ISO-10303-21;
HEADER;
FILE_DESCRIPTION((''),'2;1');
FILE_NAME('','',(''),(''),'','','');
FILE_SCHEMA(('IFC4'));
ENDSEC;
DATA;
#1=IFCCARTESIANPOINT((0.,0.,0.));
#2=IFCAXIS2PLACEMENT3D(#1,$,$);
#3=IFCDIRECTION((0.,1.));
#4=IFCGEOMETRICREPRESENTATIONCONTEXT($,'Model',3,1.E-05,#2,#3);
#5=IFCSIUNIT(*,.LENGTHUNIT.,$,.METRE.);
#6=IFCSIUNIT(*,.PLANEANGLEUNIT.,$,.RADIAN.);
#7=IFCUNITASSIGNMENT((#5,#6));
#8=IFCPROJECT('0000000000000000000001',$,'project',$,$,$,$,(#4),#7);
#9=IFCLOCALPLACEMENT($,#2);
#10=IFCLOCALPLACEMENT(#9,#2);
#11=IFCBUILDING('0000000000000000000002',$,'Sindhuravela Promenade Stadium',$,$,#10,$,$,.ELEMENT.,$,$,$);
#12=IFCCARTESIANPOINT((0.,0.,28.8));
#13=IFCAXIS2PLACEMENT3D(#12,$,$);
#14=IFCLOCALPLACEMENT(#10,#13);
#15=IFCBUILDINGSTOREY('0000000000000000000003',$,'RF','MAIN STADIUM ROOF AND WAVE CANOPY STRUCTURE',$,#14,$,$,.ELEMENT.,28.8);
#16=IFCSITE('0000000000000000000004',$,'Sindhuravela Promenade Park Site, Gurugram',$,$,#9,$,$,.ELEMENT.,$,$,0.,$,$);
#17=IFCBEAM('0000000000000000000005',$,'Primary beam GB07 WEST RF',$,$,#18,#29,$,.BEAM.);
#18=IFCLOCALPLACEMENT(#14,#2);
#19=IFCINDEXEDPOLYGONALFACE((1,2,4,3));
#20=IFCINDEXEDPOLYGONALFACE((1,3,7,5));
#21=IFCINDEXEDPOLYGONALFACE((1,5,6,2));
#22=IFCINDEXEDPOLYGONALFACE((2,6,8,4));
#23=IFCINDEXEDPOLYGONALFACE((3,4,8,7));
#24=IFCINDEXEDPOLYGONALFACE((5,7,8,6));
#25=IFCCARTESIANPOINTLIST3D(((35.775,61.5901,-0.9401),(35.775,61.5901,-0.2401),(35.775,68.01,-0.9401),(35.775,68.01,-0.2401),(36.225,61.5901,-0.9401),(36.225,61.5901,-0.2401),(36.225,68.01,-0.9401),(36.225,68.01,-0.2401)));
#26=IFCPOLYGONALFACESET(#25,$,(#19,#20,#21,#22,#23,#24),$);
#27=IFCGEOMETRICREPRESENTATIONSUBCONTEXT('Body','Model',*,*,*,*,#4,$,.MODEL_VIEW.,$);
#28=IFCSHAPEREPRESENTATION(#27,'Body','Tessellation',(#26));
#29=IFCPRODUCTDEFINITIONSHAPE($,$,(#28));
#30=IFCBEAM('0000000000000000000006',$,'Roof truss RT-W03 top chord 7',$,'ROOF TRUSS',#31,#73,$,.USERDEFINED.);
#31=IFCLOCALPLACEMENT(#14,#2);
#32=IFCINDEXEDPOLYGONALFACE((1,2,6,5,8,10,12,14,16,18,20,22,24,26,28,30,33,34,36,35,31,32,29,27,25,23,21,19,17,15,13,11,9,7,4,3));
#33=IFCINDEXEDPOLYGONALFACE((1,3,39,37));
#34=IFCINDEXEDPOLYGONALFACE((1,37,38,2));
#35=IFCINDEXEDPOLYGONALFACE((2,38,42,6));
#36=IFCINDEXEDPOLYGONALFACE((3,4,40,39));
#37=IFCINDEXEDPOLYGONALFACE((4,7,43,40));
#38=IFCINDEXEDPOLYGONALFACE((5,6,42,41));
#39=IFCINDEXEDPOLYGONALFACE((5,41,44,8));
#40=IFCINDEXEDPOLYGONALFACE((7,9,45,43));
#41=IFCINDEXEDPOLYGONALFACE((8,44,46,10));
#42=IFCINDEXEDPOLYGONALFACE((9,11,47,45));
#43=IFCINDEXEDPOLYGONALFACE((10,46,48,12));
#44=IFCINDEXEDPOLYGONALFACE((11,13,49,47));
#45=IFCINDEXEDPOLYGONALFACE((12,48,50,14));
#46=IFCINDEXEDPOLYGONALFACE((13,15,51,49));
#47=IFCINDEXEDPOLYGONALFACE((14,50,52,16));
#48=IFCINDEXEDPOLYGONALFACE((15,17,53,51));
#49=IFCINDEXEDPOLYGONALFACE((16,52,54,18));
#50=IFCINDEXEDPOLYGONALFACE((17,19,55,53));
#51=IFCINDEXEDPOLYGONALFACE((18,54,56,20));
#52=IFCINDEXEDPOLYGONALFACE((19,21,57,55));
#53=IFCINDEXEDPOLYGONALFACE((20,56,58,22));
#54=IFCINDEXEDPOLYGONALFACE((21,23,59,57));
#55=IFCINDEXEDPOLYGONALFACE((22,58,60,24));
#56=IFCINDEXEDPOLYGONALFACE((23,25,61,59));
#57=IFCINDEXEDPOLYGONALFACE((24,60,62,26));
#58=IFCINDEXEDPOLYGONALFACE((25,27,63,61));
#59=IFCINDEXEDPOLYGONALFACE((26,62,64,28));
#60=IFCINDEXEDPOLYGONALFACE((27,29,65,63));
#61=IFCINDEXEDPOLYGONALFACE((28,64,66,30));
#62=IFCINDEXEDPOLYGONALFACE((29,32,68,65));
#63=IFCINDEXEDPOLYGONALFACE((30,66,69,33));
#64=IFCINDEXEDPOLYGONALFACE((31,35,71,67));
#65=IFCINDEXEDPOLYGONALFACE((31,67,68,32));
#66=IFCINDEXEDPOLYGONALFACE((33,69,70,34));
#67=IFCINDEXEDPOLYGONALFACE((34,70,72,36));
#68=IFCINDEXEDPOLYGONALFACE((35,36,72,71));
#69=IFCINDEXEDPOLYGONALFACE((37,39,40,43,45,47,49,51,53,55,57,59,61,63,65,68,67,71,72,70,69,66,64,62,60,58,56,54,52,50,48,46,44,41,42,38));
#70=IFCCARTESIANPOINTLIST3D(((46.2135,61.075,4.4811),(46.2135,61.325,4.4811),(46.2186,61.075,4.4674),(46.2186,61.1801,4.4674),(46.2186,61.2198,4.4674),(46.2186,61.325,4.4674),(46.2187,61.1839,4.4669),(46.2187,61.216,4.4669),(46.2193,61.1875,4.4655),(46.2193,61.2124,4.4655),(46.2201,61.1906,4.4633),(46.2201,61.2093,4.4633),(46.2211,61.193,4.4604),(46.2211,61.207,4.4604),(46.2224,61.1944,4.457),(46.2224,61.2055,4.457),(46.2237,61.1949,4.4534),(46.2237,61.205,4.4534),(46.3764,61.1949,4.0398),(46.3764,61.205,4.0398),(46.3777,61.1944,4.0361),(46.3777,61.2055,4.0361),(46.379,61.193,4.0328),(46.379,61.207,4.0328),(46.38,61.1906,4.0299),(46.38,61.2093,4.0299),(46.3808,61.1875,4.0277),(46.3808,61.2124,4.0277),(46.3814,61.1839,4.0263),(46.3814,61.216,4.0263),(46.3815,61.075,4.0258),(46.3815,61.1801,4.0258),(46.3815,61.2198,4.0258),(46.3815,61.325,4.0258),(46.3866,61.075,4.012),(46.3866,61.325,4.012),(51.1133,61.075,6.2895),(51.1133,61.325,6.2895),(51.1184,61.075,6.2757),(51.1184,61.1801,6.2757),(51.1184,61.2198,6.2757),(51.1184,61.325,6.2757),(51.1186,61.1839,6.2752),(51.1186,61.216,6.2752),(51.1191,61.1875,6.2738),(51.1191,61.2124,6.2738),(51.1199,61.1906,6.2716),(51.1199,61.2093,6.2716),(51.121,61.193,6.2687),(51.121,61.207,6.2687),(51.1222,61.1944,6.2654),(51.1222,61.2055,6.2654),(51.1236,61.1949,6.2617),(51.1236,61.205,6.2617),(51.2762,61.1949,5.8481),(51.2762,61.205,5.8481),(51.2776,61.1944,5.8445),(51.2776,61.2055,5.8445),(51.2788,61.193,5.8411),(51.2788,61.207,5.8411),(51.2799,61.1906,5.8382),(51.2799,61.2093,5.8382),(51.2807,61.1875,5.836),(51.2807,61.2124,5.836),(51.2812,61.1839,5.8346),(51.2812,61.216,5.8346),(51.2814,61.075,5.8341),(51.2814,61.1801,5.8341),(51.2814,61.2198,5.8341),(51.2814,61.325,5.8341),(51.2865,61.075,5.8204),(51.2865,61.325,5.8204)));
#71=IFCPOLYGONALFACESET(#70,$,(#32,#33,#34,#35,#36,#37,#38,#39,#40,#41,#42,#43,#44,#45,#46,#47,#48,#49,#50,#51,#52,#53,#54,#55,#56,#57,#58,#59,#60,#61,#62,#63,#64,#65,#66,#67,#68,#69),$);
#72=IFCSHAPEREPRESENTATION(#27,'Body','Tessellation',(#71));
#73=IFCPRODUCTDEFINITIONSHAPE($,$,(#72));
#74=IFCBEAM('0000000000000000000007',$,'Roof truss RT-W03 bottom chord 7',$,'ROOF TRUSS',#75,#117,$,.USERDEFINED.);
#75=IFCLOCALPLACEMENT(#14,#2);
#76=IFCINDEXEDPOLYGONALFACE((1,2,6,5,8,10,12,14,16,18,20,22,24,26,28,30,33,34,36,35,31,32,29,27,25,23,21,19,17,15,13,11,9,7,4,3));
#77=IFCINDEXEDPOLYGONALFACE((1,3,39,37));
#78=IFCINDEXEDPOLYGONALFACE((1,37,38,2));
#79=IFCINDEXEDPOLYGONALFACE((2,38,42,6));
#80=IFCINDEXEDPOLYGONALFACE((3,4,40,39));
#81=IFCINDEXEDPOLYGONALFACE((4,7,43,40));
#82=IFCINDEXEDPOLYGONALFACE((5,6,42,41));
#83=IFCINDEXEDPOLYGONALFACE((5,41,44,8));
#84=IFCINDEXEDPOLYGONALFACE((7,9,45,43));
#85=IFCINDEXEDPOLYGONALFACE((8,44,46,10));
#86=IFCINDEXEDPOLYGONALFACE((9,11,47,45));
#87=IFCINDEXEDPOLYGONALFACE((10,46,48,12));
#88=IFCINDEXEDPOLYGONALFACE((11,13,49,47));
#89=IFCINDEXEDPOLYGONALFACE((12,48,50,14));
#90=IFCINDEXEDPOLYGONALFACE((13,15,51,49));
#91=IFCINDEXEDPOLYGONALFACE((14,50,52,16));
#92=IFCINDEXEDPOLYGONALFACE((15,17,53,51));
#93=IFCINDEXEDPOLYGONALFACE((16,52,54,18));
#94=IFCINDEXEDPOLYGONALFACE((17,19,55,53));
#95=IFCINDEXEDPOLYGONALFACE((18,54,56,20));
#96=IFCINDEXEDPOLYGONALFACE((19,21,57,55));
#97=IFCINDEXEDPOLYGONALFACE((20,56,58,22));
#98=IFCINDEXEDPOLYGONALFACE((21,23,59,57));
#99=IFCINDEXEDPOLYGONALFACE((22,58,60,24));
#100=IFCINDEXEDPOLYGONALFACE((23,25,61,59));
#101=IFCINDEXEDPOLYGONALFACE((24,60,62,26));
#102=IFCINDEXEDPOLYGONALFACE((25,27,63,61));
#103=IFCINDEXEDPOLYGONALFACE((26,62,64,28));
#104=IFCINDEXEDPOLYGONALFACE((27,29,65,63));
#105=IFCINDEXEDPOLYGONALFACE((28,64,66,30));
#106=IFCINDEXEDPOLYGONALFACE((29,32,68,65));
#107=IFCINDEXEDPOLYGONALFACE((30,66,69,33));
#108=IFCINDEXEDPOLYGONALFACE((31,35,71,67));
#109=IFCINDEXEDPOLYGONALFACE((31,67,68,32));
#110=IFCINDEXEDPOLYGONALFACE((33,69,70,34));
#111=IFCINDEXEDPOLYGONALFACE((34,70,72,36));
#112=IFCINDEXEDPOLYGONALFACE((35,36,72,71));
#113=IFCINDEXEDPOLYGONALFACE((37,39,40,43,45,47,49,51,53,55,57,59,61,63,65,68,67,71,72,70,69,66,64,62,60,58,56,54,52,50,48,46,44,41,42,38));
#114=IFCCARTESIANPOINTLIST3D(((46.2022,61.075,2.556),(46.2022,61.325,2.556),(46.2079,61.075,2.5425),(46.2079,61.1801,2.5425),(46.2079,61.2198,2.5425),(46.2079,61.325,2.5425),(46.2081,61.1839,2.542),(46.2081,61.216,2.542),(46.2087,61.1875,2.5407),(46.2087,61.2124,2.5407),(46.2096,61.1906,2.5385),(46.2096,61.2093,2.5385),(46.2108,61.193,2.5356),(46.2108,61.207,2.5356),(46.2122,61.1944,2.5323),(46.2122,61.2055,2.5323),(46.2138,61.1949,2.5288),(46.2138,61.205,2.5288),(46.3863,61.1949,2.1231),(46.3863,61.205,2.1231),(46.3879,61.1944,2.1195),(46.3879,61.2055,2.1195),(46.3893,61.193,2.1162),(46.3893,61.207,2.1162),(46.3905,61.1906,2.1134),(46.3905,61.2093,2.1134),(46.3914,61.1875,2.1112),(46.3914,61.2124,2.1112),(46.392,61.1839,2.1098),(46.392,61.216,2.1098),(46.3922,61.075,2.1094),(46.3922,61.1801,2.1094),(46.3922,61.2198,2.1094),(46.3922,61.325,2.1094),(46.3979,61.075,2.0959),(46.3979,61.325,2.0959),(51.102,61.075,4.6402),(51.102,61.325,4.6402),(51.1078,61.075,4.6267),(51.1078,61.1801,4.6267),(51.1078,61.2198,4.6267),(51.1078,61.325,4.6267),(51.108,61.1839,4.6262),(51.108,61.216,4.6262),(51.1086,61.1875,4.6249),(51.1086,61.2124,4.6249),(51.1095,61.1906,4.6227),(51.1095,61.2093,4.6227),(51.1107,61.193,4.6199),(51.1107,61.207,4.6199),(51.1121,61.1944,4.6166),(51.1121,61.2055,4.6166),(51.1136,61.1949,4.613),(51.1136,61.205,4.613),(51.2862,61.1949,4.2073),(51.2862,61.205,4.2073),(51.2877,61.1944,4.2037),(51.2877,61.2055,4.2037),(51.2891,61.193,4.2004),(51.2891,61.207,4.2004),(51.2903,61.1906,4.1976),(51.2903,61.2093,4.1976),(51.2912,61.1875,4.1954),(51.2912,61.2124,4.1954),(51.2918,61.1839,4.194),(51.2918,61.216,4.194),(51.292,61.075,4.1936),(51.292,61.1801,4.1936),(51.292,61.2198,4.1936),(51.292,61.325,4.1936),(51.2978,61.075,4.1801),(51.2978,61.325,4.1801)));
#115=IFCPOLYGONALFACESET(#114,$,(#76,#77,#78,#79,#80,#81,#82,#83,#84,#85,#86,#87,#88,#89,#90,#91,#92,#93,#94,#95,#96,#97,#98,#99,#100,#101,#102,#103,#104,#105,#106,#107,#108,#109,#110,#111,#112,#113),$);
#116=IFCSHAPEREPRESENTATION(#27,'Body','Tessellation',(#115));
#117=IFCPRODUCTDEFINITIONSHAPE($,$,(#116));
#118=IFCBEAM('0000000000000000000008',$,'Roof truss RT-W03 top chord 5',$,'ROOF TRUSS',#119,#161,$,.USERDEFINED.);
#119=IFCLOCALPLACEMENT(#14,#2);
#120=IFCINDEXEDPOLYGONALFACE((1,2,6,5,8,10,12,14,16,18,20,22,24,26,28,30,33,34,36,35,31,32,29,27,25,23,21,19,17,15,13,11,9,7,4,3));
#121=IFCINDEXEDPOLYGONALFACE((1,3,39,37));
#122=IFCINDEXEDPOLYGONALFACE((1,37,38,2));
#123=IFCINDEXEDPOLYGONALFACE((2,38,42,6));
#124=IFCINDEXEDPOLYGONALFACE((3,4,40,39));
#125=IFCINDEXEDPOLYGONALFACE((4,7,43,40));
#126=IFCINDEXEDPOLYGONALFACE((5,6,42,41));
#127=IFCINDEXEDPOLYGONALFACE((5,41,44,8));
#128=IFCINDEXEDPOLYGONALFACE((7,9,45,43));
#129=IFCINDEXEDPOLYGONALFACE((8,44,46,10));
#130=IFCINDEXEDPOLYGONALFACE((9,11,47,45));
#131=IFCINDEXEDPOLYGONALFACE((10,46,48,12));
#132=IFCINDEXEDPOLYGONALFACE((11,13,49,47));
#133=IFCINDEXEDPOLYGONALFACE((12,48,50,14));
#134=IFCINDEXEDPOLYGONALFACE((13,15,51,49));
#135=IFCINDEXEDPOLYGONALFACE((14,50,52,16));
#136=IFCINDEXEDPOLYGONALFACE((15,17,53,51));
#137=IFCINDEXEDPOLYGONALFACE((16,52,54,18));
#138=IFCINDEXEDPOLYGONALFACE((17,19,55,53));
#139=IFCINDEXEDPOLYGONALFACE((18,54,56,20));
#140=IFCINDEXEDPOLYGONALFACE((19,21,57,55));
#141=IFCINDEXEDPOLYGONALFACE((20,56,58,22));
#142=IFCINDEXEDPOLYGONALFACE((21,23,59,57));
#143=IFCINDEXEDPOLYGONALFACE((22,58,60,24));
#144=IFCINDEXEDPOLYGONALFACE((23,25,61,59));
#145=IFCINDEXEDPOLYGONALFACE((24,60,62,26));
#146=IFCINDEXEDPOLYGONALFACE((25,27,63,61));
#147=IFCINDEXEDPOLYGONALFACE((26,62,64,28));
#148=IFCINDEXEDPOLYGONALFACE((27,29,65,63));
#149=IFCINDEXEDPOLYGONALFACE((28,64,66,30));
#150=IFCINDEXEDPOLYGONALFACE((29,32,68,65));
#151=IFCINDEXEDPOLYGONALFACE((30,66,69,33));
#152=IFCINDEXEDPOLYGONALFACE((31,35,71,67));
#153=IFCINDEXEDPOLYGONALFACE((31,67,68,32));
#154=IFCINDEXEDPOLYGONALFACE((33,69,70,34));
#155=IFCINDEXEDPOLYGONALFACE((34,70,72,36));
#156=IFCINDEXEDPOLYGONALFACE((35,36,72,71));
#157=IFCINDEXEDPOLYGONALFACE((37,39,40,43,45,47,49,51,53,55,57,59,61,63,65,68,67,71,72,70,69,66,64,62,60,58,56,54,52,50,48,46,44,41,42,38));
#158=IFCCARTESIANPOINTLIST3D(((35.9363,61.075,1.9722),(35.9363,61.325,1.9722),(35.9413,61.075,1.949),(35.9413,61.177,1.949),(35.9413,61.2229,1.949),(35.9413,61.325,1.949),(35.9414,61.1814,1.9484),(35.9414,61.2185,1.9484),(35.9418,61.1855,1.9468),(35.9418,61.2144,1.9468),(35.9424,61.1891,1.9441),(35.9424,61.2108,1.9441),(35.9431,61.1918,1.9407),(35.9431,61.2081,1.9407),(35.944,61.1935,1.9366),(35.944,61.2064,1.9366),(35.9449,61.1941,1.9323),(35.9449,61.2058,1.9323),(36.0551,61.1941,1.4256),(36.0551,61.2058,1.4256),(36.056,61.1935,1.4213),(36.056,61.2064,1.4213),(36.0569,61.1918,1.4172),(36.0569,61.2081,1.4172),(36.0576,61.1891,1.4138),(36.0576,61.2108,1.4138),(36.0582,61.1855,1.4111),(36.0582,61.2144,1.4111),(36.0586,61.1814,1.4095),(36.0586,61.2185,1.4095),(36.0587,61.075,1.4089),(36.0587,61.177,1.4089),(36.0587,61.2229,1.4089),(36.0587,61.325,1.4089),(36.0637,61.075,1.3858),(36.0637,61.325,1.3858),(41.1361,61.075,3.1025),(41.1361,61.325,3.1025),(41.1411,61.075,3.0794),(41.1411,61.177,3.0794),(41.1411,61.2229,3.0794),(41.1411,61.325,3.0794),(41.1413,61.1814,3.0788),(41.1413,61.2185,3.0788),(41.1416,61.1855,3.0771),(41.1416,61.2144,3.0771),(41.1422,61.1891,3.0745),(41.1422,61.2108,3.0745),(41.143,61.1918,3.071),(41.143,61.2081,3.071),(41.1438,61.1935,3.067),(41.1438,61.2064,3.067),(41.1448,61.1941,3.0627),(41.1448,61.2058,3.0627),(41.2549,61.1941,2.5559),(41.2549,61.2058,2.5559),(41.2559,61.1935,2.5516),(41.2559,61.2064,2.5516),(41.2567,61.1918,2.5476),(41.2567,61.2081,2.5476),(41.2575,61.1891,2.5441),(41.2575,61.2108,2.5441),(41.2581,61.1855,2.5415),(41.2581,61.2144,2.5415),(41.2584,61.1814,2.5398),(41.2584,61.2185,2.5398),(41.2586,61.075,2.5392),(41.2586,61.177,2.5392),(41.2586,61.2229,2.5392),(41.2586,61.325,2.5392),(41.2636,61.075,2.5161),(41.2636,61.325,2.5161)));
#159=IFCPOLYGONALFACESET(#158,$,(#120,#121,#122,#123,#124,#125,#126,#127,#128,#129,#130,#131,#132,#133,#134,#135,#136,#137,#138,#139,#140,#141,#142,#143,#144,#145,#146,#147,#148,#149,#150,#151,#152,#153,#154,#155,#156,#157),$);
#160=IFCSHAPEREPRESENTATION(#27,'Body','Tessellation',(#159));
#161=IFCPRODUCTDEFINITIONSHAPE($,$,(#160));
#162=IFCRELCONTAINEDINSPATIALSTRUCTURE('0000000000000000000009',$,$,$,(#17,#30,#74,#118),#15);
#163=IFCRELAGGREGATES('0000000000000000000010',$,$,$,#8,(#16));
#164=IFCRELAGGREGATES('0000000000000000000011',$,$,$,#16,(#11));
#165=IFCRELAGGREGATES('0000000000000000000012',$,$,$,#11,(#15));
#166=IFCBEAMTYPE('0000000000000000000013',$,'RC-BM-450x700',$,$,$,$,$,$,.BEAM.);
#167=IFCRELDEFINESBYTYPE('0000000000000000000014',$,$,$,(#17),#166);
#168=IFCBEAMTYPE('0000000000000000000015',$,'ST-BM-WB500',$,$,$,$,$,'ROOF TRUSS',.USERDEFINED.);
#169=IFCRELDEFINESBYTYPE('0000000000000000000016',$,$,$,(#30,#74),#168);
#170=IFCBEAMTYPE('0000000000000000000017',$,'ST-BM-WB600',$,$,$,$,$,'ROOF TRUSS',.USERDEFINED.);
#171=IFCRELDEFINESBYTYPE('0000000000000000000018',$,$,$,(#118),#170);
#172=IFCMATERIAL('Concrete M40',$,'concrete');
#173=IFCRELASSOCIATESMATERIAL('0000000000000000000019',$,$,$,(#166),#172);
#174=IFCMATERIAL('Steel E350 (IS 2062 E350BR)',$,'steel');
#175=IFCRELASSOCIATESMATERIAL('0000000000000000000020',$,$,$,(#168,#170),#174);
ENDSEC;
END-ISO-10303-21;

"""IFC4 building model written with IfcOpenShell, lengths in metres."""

from ifc_helpers import new_model, si_unit, direction, frame, origin, origin_2d, place, context, subcontext, project, spatial, rectangle, i_section, extrude, material, material_profile, profile_set, type_object, element, save


model = new_model("IFC4")

# Units and contexts
model_context = context("Model", 3, precision=1e-05, world=origin(), true_north=direction((0.0, 1.0)))
body_context = subcontext(model_context, "Body", "Model", "MODEL_VIEW")
ifc_project = project(units=[si_unit("LENGTHUNIT", "METRE"), si_unit("PLANEANGLEUNIT", "RADIAN")], contexts=[model_context])

# Site, building, storey
site_placement = place(None, origin())
site = spatial("IfcSite", under=ifc_project, at=site_placement, Name="Sindhuravela Promenade Park Site, Gurugram", CompositionType="ELEMENT", RefElevation=0.0)
building_placement = place(site_placement, origin())
building = spatial("IfcBuilding", under=site, at=building_placement, Name="Sindhuravela Promenade Stadium", CompositionType="ELEMENT")
storey_placement = place(building_placement, frame((0.0, 0.0, 28.8)))
storey = spatial("IfcBuildingStorey", under=building, at=storey_placement, Name="RF", Description="MAIN STADIUM ROOF AND WAVE CANOPY STRUCTURE", CompositionType="ELEMENT", Elevation=28.8)

# Beams
ifc_material_1 = material(Name="Concrete M40", Category="concrete")
ifc_material_profile_1 = material_profile(ifc_material_1, rectangle(XDim=0.45, YDim=0.7, at=origin_2d()), Name="RC 450x700")
ifc_profile_set_1 = profile_set([ifc_material_profile_1], Name="Concrete M40")
beam_type_1 = type_object("IfcBeamType", Name="RC-BM-450x700", PredefinedType="BEAM", material=ifc_profile_set_1)
beam_1_placement = place(storey_placement, frame((36.0, 61.5901, -0.5901), z_axis=(0.0, 1.0, 0.0), x_axis=(-1.0, 0.0, 0.0)))
element("IfcBeam", 1, at=beam_1_placement, inside=storey, type_object=beam_type_1, Name="Primary beam GB07 WEST RF", PredefinedType="BEAM", context=body_context, shape_type="SweptSolid", body=[
    extrude(rectangle(XDim=0.45, YDim=0.7, at=origin_2d()), origin(), (0.0, 0.0, 1.0), 6.4199),
])
ifc_material_2 = material(Name="Steel E350 (IS 2062 E350BR)", Category="steel")
ifc_material_profile_2 = material_profile(ifc_material_2, i_section(OverallWidth=0.25, OverallDepth=0.5, WebThickness=0.01, FlangeThickness=0.0146, FilletRadius=0.0149, at=origin_2d()), Name="ISWB 500")
ifc_profile_set_2 = profile_set([ifc_material_profile_2], Name="Steel E350 (IS 2062 E350BR)")
beam_type_2 = type_object("IfcBeamType", Name="ST-BM-WB500", ElementType="ROOF TRUSS", PredefinedType="USERDEFINED", material=ifc_profile_set_2)
beam_2_placement = place(storey_placement, frame((46.3, 61.2, 4.2466), z_axis=(0.938149, 0.0, 0.346232), x_axis=(0.0, 1.0, 0.0)))
element("IfcBeam", 2, at=beam_2_placement, inside=storey, type_object=beam_type_2, Name="Roof truss RT-W03 top chord 7", ObjectType="ROOF TRUSS", PredefinedType="USERDEFINED", context=body_context, shape_type="SweptSolid", body=[
    extrude(i_section(OverallWidth=0.25, OverallDepth=0.5, WebThickness=0.01, FlangeThickness=0.0146, FilletRadius=0.0149, at=origin_2d()), origin(), (0.0, 0.0, 1.0), 5.2229),
])
beam_3_placement = place(storey_placement, frame((46.3, 61.2, 2.3259), z_axis=(0.920211, 0.0, 0.391422), x_axis=(0.0, 1.0, 0.0)))
element("IfcBeam", 3, at=beam_3_placement, inside=storey, type_object=beam_type_2, Name="Roof truss RT-W03 bottom chord 7", ObjectType="ROOF TRUSS", PredefinedType="USERDEFINED", context=body_context, shape_type="SweptSolid", body=[
    extrude(i_section(OverallWidth=0.25, OverallDepth=0.5, WebThickness=0.01, FlangeThickness=0.0146, FilletRadius=0.0149, at=origin_2d()), origin(), (0.0, 0.0, 1.0), 5.3247),
])
ifc_material_profile_3 = material_profile(ifc_material_2, i_section(OverallWidth=0.25, OverallDepth=0.6001, WebThickness=0.0117, FlangeThickness=0.0237, FilletRadius=0.0171, at=origin_2d()), Name="ISWB 600")
ifc_profile_set_3 = profile_set([ifc_material_profile_3], Name="Steel E350 (IS 2062 E350BR)")
beam_type_3 = type_object("IfcBeamType", Name="ST-BM-WB600", ElementType="ROOF TRUSS", PredefinedType="USERDEFINED", material=ifc_profile_set_3)
beam_4_placement = place(storey_placement, frame((36.0, 61.2, 1.679), z_axis=(0.977178, 0.0, 0.21242), x_axis=(0.0, 1.0, 0.0)))
element("IfcBeam", 4, at=beam_4_placement, inside=storey, type_object=beam_type_3, Name="Roof truss RT-W03 top chord 5", ObjectType="ROOF TRUSS", PredefinedType="USERDEFINED", context=body_context, shape_type="SweptSolid", body=[
    extrude(i_section(OverallWidth=0.25, OverallDepth=0.6001, WebThickness=0.0117, FlangeThickness=0.0237, FilletRadius=0.0171, at=origin_2d()), origin(), (0.0, 0.0, 1.0), 5.3213),
])

save(model, "model.ifc")
